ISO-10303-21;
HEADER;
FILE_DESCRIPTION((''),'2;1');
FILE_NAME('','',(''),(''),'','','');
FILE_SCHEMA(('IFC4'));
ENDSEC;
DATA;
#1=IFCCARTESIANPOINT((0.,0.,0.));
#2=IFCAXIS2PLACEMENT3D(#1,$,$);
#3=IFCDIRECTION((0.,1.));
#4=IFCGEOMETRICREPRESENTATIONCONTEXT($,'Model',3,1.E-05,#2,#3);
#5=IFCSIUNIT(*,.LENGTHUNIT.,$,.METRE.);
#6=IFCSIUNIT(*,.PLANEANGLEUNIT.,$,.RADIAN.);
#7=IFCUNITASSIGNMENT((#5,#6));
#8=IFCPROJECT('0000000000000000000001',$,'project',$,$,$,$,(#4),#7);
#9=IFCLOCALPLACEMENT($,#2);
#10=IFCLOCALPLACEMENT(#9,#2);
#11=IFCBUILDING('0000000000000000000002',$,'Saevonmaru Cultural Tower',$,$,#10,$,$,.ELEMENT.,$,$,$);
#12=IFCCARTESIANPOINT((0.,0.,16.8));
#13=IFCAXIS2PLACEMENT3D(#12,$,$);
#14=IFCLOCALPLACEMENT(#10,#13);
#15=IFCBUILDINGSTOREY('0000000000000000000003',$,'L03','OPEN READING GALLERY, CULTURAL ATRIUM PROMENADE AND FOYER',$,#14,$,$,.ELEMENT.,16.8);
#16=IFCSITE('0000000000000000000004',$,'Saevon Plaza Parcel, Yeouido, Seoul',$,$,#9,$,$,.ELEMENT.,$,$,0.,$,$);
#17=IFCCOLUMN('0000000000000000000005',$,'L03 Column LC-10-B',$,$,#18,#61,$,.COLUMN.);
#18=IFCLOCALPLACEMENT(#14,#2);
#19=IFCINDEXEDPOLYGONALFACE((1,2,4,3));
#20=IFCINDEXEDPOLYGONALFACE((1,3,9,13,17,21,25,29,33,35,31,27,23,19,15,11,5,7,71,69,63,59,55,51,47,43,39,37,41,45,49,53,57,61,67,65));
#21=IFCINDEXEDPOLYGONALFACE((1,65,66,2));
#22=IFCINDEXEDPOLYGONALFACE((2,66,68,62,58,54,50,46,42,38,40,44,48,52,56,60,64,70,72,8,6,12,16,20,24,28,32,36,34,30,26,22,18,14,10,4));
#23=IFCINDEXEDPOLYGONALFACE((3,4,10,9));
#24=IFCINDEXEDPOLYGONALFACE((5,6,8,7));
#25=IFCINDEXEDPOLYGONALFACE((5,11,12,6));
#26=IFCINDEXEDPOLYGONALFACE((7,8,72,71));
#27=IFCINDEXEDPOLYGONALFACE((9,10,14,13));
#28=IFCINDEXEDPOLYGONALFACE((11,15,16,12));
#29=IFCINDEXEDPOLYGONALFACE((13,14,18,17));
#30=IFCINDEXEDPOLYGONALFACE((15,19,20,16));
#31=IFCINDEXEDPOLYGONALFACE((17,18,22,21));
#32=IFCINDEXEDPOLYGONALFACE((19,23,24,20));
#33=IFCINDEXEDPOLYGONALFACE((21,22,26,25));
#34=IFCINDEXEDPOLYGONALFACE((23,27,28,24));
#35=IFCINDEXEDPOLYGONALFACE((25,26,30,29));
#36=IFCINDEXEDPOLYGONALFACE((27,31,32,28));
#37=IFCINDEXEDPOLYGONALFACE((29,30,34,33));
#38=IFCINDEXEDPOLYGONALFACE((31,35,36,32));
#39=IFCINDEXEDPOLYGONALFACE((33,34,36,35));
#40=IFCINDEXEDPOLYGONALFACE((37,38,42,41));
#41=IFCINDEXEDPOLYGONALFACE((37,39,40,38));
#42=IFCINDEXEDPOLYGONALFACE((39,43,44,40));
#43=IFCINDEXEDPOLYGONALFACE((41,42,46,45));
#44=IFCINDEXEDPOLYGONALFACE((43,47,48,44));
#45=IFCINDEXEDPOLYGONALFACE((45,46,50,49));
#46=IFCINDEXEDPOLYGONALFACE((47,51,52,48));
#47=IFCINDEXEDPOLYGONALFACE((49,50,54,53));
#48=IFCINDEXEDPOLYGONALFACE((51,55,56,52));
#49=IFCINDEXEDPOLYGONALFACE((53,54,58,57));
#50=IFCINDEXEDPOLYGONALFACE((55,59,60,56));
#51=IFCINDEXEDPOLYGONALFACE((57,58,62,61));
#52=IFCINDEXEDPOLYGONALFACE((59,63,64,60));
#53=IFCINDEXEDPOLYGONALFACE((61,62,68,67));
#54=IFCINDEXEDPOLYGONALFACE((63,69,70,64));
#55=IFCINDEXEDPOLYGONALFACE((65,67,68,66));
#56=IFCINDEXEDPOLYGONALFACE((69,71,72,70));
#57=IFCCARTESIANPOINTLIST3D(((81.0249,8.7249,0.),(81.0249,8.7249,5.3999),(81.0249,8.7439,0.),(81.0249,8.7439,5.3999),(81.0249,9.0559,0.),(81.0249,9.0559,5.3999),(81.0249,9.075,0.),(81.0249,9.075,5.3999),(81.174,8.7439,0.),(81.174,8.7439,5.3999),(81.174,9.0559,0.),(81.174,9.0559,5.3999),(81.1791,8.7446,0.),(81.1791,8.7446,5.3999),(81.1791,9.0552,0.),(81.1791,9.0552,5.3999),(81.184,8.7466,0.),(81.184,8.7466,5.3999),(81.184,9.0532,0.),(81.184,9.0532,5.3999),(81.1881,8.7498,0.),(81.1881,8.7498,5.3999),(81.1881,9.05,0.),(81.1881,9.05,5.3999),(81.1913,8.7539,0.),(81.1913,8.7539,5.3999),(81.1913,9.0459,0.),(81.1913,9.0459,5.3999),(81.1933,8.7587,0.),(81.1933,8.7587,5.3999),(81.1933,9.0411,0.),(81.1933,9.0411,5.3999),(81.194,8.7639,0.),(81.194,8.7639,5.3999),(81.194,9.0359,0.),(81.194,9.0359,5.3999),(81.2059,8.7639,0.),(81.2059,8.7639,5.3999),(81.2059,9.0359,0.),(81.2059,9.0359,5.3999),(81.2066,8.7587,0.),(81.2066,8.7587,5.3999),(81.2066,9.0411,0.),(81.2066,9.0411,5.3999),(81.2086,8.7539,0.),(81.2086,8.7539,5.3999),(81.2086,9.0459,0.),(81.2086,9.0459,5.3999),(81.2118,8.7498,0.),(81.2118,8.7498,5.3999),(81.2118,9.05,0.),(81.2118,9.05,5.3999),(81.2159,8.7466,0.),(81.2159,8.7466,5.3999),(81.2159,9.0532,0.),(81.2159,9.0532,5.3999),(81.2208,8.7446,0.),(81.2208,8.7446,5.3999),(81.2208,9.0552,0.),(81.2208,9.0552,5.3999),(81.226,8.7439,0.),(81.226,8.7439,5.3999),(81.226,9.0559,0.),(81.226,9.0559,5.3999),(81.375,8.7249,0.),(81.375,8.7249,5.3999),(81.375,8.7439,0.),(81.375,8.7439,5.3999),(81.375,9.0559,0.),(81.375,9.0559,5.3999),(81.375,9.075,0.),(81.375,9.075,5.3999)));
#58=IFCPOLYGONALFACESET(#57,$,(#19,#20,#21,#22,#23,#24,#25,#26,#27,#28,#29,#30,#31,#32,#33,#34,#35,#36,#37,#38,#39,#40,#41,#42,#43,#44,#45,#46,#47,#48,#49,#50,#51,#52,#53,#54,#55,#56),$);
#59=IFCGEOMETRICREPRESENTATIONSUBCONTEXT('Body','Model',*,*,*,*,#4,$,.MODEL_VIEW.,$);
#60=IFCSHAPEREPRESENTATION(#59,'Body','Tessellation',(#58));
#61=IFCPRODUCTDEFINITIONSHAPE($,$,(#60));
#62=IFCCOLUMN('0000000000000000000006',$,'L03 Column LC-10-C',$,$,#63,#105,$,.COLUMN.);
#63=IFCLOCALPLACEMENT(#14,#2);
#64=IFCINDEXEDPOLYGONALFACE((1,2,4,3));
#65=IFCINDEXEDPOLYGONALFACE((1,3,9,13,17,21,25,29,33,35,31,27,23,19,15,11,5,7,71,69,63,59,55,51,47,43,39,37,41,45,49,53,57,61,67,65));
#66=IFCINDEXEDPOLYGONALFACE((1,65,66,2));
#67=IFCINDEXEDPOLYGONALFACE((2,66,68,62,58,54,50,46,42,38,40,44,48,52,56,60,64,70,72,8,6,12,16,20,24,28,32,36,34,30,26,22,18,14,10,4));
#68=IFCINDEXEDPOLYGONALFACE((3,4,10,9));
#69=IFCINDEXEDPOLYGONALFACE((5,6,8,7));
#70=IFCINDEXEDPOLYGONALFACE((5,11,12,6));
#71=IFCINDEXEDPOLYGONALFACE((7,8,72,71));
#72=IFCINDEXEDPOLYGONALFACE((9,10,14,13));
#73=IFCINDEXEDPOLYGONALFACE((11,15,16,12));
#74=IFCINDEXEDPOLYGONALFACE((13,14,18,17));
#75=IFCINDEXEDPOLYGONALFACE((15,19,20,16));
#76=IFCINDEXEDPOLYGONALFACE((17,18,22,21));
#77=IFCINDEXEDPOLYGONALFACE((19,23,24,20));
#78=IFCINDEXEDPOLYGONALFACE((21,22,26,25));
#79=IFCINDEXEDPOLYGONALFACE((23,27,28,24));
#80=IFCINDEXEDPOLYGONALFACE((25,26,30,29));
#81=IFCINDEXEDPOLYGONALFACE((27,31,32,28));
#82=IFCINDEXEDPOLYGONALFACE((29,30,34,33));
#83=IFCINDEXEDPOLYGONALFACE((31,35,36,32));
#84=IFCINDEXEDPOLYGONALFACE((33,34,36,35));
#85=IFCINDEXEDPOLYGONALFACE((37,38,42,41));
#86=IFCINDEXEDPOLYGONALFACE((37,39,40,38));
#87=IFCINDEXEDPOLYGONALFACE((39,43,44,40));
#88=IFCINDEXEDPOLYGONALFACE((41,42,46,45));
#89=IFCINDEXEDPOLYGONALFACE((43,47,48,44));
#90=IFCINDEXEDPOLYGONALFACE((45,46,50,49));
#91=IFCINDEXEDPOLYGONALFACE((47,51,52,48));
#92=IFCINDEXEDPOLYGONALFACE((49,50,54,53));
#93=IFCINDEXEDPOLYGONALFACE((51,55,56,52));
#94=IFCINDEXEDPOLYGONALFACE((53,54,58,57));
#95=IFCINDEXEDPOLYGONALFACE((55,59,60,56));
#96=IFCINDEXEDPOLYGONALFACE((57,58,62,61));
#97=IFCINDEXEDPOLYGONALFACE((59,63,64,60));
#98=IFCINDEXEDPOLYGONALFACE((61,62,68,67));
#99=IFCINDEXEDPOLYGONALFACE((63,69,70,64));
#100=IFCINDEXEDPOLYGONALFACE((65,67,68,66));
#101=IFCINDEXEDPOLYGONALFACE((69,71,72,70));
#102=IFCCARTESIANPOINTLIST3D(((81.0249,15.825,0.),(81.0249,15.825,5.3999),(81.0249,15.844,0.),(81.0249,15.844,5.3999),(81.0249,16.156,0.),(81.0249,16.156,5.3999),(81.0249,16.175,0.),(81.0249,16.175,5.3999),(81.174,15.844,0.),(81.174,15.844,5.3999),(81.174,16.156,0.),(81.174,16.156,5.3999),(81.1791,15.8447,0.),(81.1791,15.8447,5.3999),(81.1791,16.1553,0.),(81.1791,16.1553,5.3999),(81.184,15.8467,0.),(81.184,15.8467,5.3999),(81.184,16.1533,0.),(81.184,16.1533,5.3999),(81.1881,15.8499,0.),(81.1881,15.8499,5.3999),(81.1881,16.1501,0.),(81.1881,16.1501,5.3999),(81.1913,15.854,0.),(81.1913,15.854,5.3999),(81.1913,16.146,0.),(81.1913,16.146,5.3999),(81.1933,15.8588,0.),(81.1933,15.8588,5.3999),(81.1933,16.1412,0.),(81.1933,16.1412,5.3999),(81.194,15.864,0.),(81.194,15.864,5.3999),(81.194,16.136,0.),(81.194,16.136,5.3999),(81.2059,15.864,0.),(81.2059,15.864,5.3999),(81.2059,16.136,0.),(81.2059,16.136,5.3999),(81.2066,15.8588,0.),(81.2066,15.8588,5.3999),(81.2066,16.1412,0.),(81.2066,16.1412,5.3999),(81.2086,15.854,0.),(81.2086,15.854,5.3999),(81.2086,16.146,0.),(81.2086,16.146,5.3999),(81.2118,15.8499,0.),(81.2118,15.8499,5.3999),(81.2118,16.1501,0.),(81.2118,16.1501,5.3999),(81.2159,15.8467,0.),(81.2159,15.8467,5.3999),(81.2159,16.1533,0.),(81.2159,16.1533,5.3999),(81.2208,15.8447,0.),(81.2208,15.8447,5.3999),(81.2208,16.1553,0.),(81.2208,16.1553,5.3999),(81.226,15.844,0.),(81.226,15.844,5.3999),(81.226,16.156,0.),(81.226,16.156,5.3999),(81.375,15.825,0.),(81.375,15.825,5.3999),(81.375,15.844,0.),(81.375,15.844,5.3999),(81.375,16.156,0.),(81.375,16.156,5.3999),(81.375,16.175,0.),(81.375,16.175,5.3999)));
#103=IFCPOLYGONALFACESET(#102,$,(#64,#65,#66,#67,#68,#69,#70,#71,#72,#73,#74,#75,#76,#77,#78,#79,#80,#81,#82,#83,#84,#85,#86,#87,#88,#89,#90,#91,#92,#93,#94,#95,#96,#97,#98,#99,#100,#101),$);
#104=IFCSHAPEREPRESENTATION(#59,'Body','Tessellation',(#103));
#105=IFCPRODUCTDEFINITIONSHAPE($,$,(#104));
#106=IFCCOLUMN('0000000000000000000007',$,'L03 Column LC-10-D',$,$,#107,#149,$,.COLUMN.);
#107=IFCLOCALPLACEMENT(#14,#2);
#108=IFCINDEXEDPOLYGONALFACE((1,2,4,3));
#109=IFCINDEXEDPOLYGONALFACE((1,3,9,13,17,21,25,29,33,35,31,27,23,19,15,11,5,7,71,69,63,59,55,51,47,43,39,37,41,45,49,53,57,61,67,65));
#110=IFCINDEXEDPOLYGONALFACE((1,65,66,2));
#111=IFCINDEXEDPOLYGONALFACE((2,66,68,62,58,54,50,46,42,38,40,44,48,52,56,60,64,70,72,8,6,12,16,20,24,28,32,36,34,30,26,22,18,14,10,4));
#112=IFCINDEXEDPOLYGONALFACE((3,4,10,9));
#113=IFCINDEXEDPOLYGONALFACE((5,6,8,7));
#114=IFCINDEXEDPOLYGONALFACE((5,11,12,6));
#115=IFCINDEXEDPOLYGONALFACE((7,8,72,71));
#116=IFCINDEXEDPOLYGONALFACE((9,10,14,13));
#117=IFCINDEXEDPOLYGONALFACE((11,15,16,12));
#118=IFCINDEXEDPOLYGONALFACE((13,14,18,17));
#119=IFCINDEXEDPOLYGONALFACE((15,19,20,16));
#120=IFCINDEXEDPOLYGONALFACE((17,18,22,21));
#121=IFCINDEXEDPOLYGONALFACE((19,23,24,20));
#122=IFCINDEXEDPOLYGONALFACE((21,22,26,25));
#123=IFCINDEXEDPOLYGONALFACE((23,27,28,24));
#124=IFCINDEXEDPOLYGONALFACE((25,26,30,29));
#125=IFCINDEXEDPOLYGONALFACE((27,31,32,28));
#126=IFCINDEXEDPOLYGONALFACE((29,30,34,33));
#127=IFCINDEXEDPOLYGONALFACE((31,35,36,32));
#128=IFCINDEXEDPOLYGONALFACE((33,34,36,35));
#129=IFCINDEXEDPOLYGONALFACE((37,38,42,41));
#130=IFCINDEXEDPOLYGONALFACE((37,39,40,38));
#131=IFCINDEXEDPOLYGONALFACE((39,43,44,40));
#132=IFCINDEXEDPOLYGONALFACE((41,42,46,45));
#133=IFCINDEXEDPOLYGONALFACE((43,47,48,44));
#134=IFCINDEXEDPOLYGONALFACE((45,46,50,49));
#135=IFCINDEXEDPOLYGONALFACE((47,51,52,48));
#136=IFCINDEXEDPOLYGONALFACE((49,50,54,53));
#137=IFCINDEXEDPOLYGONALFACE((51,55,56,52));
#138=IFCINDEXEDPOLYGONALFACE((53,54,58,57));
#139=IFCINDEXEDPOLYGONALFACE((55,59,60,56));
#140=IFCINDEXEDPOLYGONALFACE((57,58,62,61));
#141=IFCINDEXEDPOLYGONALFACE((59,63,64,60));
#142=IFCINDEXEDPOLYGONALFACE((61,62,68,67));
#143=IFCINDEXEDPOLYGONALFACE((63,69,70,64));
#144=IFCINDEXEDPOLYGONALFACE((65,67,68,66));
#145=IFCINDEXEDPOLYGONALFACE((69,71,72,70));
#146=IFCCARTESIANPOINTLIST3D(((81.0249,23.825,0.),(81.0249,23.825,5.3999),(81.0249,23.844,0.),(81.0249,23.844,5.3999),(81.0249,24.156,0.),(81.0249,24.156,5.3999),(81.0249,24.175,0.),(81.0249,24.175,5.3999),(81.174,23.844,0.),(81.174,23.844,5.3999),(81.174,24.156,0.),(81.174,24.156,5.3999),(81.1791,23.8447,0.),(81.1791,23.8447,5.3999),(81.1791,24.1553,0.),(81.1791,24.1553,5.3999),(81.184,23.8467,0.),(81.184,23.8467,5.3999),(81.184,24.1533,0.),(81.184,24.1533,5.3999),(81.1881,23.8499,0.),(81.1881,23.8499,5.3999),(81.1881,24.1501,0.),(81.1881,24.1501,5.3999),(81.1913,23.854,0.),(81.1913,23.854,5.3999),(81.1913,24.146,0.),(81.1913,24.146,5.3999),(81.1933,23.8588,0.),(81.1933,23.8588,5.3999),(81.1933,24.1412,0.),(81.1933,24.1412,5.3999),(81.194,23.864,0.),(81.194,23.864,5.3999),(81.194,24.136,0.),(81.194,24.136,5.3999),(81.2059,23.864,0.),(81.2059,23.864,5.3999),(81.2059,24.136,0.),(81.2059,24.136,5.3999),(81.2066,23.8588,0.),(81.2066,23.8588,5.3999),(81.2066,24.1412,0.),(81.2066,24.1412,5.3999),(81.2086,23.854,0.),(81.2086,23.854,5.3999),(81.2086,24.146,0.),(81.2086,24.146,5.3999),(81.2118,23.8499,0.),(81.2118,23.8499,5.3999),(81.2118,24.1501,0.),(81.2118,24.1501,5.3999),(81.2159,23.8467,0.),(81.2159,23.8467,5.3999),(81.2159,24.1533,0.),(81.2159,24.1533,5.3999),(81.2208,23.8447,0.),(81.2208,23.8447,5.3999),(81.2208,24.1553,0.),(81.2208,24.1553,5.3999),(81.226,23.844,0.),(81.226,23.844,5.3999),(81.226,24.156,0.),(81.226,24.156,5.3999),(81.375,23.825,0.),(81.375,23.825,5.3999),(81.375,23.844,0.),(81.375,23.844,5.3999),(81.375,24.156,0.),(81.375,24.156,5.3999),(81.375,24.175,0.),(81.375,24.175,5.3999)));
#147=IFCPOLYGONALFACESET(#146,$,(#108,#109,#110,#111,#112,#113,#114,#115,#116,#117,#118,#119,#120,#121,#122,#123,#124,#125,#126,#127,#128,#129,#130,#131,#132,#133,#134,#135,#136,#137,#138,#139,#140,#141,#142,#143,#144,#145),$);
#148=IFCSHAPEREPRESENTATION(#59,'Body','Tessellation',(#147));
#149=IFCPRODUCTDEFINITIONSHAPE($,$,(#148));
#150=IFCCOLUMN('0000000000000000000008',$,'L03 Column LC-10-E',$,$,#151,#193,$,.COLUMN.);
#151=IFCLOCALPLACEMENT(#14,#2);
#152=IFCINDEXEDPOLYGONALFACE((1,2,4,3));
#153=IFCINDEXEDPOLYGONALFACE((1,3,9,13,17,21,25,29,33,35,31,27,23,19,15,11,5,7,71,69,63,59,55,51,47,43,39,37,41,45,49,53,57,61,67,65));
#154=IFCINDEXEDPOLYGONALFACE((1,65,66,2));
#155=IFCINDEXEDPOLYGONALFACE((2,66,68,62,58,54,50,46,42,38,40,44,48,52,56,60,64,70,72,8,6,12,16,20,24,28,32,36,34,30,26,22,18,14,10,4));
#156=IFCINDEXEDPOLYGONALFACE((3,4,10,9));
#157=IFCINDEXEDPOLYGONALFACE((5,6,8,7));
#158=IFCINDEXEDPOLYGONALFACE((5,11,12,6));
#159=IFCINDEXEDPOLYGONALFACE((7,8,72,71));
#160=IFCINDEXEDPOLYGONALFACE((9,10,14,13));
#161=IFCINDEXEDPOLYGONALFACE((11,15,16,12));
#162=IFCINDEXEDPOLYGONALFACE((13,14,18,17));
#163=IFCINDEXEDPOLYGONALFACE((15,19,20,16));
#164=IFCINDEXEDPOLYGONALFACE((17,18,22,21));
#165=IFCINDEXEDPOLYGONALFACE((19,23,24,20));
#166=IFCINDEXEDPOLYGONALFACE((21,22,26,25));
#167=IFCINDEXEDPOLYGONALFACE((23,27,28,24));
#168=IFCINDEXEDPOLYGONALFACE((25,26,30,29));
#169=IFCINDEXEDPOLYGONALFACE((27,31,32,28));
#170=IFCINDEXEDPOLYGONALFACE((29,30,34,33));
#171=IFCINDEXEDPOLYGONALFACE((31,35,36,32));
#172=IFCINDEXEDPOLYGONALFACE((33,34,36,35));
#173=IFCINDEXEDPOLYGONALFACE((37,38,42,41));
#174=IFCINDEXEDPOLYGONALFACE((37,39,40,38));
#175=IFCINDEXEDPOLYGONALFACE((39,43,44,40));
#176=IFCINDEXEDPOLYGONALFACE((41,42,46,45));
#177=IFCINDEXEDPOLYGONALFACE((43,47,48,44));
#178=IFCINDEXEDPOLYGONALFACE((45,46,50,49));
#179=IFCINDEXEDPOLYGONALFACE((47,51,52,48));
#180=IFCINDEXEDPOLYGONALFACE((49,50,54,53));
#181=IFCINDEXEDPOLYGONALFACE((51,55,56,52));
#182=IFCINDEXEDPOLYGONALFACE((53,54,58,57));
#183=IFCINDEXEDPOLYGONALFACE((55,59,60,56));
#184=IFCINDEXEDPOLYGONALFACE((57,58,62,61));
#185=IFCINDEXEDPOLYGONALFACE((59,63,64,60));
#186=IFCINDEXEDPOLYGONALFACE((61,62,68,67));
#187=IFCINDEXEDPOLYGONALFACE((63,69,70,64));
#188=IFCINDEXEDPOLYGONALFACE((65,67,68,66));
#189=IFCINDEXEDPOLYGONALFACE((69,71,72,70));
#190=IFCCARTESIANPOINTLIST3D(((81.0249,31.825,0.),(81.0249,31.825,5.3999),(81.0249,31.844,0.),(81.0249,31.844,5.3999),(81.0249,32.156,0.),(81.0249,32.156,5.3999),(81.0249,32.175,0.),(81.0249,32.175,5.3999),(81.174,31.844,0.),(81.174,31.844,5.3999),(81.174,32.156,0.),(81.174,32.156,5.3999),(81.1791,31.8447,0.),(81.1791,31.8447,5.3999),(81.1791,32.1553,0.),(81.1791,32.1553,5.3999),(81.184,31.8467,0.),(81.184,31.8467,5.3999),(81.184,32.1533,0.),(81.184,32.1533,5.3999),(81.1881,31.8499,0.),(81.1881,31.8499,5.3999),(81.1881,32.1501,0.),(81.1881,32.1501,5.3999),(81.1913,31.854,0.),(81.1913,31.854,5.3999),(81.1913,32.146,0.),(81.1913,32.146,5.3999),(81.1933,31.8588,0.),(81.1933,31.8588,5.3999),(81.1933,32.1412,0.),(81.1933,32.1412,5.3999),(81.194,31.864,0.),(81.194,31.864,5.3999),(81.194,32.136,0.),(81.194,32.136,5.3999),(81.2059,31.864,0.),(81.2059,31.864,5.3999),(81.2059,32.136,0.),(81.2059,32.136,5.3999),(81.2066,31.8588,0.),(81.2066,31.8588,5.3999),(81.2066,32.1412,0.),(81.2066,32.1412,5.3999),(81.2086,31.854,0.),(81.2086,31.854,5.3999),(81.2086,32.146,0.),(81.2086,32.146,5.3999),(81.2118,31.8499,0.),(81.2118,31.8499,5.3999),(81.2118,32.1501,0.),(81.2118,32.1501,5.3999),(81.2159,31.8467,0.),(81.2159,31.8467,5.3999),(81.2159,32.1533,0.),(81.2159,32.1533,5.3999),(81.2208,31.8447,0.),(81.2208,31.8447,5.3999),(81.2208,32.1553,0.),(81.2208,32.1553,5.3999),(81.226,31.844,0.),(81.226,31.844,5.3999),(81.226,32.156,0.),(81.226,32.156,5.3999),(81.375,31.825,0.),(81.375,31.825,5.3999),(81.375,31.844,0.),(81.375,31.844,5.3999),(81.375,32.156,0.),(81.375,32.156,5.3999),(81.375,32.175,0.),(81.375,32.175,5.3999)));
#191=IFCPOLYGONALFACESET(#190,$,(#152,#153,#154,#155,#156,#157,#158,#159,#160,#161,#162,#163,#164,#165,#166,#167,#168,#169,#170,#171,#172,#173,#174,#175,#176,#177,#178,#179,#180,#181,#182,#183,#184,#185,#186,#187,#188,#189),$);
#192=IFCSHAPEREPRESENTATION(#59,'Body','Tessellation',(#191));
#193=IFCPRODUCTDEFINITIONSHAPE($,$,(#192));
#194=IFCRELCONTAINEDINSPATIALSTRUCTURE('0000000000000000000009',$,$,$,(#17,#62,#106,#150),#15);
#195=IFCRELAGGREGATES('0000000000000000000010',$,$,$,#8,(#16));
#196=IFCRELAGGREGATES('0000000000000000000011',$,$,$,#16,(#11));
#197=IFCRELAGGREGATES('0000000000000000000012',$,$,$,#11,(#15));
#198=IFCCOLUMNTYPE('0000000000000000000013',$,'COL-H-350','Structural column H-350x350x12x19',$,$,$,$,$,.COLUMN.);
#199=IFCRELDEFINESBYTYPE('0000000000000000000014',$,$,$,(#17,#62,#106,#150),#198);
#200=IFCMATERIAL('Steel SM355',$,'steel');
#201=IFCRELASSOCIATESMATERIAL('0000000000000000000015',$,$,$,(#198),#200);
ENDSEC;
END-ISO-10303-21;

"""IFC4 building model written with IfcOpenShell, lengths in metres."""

from ifc_helpers import new_model, si_unit, direction, frame, origin, origin_2d, place, context, subcontext, project, spatial, i_section, extrude, material, material_profile, profile_set, type_object, element, save


model = new_model("IFC4")

# Units and contexts
model_context = context("Model", 3, precision=1e-05, world=origin(), true_north=direction((0.0, 1.0)))
body_context = subcontext(model_context, "Body", "Model", "MODEL_VIEW")
ifc_project = project(units=[si_unit("LENGTHUNIT", "METRE"), si_unit("PLANEANGLEUNIT", "RADIAN")], contexts=[model_context])

# Site, building, storey
site_placement = place(None, origin())
site = spatial("IfcSite", under=ifc_project, at=site_placement, Name="Saevon Plaza Parcel, Yeouido, Seoul", CompositionType="ELEMENT", RefElevation=0.0)
building_placement = place(site_placement, origin())
building = spatial("IfcBuilding", under=site, at=building_placement, Name="Saevonmaru Cultural Tower", CompositionType="ELEMENT")
storey_placement = place(building_placement, frame((0.0, 0.0, 16.8)))
storey = spatial("IfcBuildingStorey", under=building, at=storey_placement, Name="L03", Description="OPEN READING GALLERY, CULTURAL ATRIUM PROMENADE AND FOYER", CompositionType="ELEMENT", Elevation=16.8)

# Columns
ifc_material_1 = material(Name="Steel SM355", Category="steel")
ifc_material_profile_1 = material_profile(ifc_material_1, i_section(OverallWidth=0.3501, OverallDepth=0.3501, WebThickness=0.012, FlangeThickness=0.019, FilletRadius=0.02, at=origin_2d()), Name="H-350x350x12x19")
ifc_profile_set_1 = profile_set([ifc_material_profile_1], Name="Steel SM355")
column_type_1 = type_object("IfcColumnType", Name="COL-H-350", Description="Structural column H-350x350x12x19", PredefinedType="COLUMN", material=ifc_profile_set_1)
for number, where, z_axis, x_axis, name in (
    (1, (81.2, 8.8999, 0.0), (0.0, 0.0, 1.0), (1.0, 0.0, 0.0), "L03 Column LC-10-B"),
    (2, (81.2, 16.0, 0.0), (0.0, 0.0, 1.0), (1.0, 0.0, 0.0), "L03 Column LC-10-C"),
    (3, (81.2, 24.0, 0.0), (0.0, 0.0, 1.0), (1.0, 0.0, 0.0), "L03 Column LC-10-D"),
    (4, (81.2, 32.0, 0.0), (0.0, 0.0, 1.0), (1.0, 0.0, 0.0), "L03 Column LC-10-E"),
):
    element("IfcColumn", number, at=place(storey_placement, frame(where, z_axis=z_axis, x_axis=x_axis)), inside=storey, type_object=column_type_1, Name=name, PredefinedType="COLUMN", context=body_context, shape_type="SweptSolid", body=[
        extrude(i_section(OverallWidth=0.3501, OverallDepth=0.3501, WebThickness=0.012, FlangeThickness=0.019, FilletRadius=0.02, at=origin_2d()), origin(), (0.0, 0.0, 1.0), 5.3999),
    ])

save(model, "model.ifc")
